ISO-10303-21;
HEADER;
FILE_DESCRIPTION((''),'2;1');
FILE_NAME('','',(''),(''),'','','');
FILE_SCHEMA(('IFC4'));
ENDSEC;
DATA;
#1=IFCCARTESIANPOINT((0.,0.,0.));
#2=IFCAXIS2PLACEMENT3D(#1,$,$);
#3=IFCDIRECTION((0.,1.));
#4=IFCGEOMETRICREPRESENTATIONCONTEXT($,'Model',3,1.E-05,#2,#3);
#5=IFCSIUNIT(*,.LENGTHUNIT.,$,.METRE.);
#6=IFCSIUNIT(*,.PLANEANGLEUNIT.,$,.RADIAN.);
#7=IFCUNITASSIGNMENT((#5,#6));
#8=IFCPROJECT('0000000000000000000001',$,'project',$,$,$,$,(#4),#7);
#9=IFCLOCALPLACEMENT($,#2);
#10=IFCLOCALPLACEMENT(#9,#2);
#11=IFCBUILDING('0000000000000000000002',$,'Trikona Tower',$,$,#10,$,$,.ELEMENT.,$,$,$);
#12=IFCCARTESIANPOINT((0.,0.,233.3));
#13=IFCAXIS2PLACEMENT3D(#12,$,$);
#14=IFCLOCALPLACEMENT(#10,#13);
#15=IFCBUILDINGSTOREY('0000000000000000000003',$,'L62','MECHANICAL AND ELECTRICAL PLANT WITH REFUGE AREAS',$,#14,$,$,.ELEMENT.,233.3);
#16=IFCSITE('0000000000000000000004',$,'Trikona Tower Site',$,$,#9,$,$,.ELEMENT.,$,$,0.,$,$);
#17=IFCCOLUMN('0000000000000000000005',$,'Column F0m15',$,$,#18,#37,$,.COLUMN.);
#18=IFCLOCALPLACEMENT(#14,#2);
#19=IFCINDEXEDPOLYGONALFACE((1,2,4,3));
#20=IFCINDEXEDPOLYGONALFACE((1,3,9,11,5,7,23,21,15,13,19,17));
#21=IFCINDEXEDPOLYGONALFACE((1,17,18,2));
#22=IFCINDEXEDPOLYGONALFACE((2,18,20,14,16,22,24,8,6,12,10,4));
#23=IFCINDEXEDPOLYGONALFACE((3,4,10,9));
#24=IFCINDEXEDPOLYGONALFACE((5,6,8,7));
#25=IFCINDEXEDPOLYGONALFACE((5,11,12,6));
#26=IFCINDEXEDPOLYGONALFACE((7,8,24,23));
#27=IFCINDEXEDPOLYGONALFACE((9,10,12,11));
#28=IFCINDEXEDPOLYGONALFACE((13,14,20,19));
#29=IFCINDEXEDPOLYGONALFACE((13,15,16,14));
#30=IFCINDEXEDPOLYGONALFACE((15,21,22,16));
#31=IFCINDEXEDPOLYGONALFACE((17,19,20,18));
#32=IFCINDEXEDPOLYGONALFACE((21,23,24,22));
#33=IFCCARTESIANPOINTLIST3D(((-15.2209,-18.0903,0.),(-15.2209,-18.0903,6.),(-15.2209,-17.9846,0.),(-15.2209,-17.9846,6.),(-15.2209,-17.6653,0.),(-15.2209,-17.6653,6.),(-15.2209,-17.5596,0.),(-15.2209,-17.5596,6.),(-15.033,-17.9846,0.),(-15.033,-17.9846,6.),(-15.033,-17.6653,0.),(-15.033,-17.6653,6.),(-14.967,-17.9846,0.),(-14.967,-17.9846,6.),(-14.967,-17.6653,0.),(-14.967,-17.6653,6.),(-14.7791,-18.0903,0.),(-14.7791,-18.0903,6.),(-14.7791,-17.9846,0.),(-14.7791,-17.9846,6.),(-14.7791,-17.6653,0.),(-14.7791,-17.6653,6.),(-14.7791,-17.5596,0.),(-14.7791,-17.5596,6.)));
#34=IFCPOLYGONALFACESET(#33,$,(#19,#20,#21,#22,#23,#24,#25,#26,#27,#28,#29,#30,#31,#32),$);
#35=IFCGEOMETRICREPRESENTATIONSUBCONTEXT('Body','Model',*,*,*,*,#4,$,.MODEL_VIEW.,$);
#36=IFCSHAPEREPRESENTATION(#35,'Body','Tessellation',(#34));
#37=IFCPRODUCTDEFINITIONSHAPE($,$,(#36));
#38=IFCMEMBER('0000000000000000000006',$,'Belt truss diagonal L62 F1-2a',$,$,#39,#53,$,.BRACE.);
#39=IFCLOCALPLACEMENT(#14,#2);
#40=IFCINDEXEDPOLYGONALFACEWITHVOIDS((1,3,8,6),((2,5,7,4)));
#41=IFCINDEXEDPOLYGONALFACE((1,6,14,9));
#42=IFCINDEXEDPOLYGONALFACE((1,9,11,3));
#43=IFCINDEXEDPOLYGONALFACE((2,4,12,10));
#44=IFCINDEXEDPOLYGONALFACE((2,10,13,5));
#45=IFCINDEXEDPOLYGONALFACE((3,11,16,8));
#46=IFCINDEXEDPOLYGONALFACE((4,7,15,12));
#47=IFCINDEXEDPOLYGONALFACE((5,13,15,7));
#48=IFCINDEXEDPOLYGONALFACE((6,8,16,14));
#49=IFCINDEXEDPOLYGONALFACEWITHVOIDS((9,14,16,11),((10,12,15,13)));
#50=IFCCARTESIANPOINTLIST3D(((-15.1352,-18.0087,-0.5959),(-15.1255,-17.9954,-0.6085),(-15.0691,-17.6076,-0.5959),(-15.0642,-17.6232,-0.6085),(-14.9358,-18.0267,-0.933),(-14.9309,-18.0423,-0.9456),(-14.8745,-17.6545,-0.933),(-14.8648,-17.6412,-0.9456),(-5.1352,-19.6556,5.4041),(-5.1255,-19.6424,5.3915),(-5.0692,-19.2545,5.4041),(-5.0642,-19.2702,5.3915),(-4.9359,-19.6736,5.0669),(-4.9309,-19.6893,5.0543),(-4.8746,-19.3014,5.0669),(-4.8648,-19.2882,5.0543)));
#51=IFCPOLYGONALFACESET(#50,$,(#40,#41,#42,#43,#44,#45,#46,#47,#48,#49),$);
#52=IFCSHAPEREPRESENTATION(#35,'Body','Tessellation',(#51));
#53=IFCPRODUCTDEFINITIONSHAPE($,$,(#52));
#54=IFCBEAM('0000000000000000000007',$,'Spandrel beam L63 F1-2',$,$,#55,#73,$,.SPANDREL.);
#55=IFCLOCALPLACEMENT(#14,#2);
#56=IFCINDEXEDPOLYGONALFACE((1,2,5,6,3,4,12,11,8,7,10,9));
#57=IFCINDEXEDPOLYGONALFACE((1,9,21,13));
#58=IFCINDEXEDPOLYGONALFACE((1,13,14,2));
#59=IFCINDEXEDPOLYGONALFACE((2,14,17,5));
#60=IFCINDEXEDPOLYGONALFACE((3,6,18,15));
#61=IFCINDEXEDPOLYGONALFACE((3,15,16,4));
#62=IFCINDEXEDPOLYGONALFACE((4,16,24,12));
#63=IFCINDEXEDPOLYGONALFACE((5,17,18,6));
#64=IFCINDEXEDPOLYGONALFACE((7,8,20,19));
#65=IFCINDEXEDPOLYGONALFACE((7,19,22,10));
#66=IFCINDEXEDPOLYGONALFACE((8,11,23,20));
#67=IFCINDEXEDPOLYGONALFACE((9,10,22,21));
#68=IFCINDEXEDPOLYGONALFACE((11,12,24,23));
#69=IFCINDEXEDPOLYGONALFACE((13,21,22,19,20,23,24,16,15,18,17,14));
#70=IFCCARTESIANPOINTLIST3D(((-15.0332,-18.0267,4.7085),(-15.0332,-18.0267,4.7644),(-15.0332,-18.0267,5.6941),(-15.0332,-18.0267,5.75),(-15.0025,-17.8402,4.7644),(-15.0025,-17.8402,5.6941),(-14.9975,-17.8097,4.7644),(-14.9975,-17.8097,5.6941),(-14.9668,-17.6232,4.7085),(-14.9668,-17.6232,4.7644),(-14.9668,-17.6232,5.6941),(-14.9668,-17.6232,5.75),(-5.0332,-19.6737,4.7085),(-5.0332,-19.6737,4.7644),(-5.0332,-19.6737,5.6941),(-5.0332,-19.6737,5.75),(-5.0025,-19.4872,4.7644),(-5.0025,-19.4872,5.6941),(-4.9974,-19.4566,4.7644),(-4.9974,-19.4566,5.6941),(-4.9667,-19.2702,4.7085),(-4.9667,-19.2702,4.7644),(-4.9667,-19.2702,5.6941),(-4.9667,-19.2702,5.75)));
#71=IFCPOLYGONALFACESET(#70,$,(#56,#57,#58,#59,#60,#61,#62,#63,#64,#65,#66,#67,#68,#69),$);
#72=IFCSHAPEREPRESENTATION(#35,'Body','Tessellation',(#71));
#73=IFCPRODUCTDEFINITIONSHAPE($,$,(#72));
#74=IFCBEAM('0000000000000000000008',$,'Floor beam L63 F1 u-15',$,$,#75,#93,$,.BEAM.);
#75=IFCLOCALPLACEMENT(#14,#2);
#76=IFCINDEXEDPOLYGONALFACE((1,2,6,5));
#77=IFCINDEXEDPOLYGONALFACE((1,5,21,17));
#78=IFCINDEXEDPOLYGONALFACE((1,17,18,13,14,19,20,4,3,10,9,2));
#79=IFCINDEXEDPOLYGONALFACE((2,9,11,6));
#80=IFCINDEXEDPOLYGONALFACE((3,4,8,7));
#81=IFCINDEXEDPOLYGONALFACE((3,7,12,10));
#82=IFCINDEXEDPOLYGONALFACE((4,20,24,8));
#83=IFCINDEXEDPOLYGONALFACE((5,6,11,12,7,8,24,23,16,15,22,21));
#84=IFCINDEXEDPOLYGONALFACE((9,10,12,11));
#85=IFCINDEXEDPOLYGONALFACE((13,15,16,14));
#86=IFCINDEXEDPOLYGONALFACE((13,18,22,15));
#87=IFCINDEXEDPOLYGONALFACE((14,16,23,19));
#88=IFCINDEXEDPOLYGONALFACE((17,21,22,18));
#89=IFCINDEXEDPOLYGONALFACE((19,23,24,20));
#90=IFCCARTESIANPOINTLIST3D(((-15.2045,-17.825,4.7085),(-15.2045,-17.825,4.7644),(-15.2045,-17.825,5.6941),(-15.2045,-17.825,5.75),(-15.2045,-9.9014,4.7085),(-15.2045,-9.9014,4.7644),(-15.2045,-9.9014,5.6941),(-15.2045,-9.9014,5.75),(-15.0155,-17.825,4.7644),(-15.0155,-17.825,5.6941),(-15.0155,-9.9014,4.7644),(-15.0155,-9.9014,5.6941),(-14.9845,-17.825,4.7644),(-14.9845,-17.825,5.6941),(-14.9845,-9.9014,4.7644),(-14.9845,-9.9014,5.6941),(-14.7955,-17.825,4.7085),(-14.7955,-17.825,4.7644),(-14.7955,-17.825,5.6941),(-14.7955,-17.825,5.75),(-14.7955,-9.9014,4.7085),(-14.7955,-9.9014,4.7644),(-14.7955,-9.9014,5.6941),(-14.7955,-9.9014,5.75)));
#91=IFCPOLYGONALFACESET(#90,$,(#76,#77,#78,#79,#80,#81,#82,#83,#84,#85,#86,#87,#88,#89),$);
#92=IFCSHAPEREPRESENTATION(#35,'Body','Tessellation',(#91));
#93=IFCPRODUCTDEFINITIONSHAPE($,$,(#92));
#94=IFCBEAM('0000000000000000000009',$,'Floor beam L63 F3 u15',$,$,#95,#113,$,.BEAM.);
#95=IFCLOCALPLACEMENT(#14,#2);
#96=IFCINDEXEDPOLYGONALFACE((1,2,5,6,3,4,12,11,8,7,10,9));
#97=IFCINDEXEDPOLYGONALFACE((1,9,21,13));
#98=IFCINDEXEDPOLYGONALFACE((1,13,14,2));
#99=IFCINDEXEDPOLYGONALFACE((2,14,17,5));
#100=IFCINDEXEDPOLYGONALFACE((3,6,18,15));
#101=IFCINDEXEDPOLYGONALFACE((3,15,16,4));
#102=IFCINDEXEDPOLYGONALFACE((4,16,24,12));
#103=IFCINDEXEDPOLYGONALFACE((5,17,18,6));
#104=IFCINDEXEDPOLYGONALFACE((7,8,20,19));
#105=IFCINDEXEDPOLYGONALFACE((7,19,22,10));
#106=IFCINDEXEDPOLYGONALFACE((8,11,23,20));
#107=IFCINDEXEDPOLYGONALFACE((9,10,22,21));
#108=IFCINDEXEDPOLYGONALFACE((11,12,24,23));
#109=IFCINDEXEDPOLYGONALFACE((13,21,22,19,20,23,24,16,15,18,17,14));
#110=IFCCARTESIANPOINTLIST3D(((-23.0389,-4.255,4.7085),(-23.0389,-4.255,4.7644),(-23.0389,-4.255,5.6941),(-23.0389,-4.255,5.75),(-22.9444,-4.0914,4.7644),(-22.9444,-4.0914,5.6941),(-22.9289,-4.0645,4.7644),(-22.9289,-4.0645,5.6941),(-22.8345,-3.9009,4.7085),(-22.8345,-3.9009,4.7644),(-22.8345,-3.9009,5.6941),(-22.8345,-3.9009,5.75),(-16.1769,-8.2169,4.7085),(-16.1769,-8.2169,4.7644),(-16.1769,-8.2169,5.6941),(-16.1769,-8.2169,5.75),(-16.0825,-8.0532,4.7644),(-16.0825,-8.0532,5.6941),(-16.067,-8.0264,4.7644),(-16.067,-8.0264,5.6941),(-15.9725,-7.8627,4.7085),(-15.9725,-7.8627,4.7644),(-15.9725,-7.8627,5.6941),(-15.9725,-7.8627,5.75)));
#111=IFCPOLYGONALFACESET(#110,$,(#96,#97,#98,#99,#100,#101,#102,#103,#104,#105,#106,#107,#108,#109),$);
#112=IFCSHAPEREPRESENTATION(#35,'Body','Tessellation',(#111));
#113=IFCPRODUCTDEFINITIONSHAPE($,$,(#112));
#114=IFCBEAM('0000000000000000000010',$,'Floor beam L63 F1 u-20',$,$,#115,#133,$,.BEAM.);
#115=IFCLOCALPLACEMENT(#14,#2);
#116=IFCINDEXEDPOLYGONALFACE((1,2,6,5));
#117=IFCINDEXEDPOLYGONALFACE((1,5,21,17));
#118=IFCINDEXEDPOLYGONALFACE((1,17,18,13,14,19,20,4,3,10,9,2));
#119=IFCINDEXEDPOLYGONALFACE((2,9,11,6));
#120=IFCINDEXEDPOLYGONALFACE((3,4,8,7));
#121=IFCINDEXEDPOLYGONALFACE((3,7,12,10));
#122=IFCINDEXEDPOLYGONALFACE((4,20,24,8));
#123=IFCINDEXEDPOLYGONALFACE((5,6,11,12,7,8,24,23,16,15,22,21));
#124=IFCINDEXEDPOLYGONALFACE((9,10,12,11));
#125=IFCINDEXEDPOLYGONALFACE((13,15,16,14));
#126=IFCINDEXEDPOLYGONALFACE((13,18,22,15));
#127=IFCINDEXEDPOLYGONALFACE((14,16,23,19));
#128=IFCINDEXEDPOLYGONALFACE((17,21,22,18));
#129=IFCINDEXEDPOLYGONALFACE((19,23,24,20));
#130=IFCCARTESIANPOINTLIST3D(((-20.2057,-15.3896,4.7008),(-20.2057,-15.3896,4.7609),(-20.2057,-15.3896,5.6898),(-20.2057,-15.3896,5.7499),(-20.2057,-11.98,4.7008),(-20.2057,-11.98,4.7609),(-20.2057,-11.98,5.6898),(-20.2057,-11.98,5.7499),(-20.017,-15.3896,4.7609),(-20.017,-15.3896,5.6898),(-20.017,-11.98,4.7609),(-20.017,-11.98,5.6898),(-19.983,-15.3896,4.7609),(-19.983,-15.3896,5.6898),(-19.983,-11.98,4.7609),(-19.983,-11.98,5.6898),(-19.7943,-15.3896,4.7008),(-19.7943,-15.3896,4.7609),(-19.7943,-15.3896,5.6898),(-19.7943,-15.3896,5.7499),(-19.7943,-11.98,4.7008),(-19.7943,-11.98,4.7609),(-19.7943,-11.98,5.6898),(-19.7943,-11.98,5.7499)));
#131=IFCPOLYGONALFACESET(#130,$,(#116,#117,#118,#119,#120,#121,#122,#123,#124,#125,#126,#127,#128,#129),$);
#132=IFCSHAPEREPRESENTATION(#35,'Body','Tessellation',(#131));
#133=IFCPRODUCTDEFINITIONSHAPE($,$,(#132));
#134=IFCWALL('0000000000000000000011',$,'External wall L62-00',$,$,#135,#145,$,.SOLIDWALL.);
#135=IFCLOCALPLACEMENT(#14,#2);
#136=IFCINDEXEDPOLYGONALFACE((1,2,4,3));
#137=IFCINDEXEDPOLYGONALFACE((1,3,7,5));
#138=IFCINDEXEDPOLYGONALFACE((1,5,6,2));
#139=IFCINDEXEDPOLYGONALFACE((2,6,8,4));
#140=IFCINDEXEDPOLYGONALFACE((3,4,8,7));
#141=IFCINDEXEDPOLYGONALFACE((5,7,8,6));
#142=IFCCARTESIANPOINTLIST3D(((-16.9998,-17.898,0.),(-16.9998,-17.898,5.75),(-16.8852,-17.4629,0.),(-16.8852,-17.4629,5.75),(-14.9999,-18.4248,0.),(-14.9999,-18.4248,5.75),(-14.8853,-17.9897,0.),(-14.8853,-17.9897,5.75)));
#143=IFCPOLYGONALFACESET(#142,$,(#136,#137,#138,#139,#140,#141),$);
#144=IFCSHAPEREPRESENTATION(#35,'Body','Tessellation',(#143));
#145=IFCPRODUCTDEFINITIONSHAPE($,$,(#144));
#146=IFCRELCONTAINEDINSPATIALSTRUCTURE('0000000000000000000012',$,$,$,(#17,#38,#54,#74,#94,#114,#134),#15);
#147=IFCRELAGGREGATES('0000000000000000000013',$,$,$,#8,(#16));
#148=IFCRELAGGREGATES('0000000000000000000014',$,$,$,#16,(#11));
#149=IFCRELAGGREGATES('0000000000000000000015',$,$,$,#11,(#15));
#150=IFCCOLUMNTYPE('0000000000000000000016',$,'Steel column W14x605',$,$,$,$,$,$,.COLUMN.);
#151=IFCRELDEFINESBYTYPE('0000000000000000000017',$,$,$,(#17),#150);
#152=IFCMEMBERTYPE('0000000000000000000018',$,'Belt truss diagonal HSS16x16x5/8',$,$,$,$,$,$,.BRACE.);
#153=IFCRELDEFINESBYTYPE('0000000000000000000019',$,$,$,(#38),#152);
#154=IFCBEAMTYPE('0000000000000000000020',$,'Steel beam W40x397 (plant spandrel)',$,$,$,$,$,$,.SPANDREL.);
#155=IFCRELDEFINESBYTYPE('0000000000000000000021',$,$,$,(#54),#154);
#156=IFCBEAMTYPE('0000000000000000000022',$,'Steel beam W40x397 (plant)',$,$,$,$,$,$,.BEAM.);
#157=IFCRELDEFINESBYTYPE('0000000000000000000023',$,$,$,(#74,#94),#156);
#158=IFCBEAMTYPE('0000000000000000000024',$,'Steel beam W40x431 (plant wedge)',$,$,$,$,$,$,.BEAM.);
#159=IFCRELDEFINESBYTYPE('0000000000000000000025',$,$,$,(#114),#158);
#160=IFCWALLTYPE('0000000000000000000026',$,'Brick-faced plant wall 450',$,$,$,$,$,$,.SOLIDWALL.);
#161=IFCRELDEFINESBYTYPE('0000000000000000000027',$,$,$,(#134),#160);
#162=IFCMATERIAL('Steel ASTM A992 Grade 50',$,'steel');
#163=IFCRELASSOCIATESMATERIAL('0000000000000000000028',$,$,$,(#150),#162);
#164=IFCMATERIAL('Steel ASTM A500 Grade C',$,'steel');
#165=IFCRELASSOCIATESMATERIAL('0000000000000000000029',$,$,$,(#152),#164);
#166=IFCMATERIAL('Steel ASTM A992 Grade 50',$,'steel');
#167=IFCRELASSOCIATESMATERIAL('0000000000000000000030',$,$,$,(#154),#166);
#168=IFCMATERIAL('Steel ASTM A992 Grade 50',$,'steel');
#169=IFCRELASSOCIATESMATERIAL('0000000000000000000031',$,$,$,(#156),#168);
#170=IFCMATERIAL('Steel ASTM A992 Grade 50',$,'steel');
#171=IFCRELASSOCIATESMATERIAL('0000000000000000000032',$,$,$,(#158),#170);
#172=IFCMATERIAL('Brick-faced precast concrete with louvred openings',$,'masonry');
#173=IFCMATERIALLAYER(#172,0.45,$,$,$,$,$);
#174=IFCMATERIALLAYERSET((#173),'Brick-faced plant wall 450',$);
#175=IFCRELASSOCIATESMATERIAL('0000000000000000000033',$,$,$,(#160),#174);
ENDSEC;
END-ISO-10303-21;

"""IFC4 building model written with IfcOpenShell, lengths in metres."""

from ifc_helpers import new_model, si_unit, direction, frame, frame_2d, origin, origin_2d, place, context, subcontext, project, spatial, rectangle, hollow_rectangle, i_section, extrude, material, layer, layer_set, material_profile, profile_set, type_object, element, save


model = new_model("IFC4")

# Units and contexts
model_context = context("Model", 3, precision=1e-05, world=origin(), true_north=direction((0.0, 1.0)))
body_context = subcontext(model_context, "Body", "Model", "MODEL_VIEW")
ifc_project = project(units=[si_unit("LENGTHUNIT", "METRE"), si_unit("PLANEANGLEUNIT", "RADIAN")], contexts=[model_context])

# Site, building, storey
site_placement = place(None, origin())
site = spatial("IfcSite", under=ifc_project, at=site_placement, Name="Trikona Tower Site", CompositionType="ELEMENT", RefElevation=0.0)
building_placement = place(site_placement, origin())
building = spatial("IfcBuilding", under=site, at=building_placement, Name="Trikona Tower", CompositionType="ELEMENT")
storey_placement = place(building_placement, frame((0.0, 0.0, 233.3)))
storey = spatial("IfcBuildingStorey", under=building, at=storey_placement, Name="L62", Description="MECHANICAL AND ELECTRICAL PLANT WITH REFUGE AREAS", CompositionType="ELEMENT", Elevation=233.3)

# Column
ifc_material_1 = material(Name="Steel ASTM A992 Grade 50", Category="steel")
ifc_material_profile_1 = material_profile(ifc_material_1, i_section(OverallWidth=0.4419, OverallDepth=0.5308, WebThickness=0.0659, FlangeThickness=0.1057, at=origin_2d()), Name="W14X605")
ifc_profile_set_1 = profile_set([ifc_material_profile_1], Name="Steel ASTM A992 Grade 50")
column_type = type_object("IfcColumnType", Name="Steel column W14x605", PredefinedType="COLUMN", material=ifc_profile_set_1)
column_placement = place(storey_placement, frame((-15.0, -17.825, 0.0), z_axis=(0.0, 0.0, 1.0), x_axis=(1.0, 0.0, 0.0)))
element("IfcColumn", 1, at=column_placement, inside=storey, type_object=column_type, Name="Column F0m15", PredefinedType="COLUMN", context=body_context, shape_type="SweptSolid", body=[
    extrude(i_section(OverallWidth=0.4419, OverallDepth=0.5308, WebThickness=0.0659, FlangeThickness=0.1057, at=origin_2d()), origin(), (0.0, 0.0, 1.0), 6.0),
])

# Member
ifc_material_2 = material(Name="Steel ASTM A500 Grade C", Category="steel")
ifc_material_profile_2 = material_profile(ifc_material_2, hollow_rectangle(XDim=0.4065, YDim=0.4065, WallThickness=0.0146, at=origin_2d()), Name="HSS16X16X5/8")
ifc_profile_set_2 = profile_set([ifc_material_profile_2], Name="Steel ASTM A500 Grade C")
member_type = type_object("IfcMemberType", Name="Belt truss diagonal HSS16x16x5/8", PredefinedType="BRACE", material=ifc_profile_set_2)
member_placement = place(storey_placement, frame((-15.0, -17.825, -0.7708), z_axis=(0.849067, -0.139839, 0.50944), x_axis=(0.162508, 0.986707, 0.0)))
element("IfcMember", 2, at=member_placement, inside=storey, type_object=member_type, Name="Belt truss diagonal L62 F1-2a", PredefinedType="BRACE", context=body_context, shape_type="SweptSolid", body=[
    extrude(hollow_rectangle(XDim=0.4065, YDim=0.4065, WallThickness=0.0146, at=origin_2d()), origin(), (0.0, 0.0, 1.0), 11.7776),
])

# Beams
ifc_material_3 = material(Name="Steel ASTM A992 Grade 50", Category="steel")
ifc_material_profile_3 = material_profile(ifc_material_3, i_section(OverallWidth=0.4089, OverallDepth=1.0415, WebThickness=0.031, FlangeThickness=0.0559, at=origin_2d()), Name="W40X397")
ifc_profile_set_3 = profile_set([ifc_material_profile_3], Name="Steel ASTM A992 Grade 50")
beam_type_1 = type_object("IfcBeamType", Name="Steel beam W40x397 (plant spandrel)", PredefinedType="SPANDREL", material=ifc_profile_set_3)
beam_1_placement = place(storey_placement, frame((-15.0, -17.825, 5.2292), z_axis=(0.986707, -0.162508, 0.0), x_axis=(0.162508, 0.986707, 0.0)))
element("IfcBeam", 3, at=beam_1_placement, inside=storey, type_object=beam_type_1, Name="Spandrel beam L63 F1-2", PredefinedType="SPANDREL", context=body_context, shape_type="SweptSolid", body=[
    extrude(i_section(OverallWidth=0.4089, OverallDepth=1.0415, WebThickness=0.031, FlangeThickness=0.0559, at=origin_2d()), origin(), (0.0, 0.0, 1.0), 10.1348),
])
ifc_material_4 = material(Name="Steel ASTM A992 Grade 50", Category="steel")
ifc_material_profile_4 = material_profile(ifc_material_4, i_section(OverallWidth=0.4089, OverallDepth=1.0415, WebThickness=0.031, FlangeThickness=0.0559, at=origin_2d()), Name="W40X397")
ifc_profile_set_4 = profile_set([ifc_material_profile_4], Name="Steel ASTM A992 Grade 50")
beam_type_2 = type_object("IfcBeamType", Name="Steel beam W40x397 (plant)", PredefinedType="BEAM", material=ifc_profile_set_4)
for number, where, z_axis, x_axis, name in (
    (4, (-15.0, -9.9014, 5.2292), (0.0, -1.0, 0.0), (1.0, 0.0, 0.0), "Floor beam L63 F1 u-15"),
    (5, (-16.0747, -8.0398, 5.2292), (-0.86602, 0.50001, 0.0), (-0.50001, -0.86602, 0.0), "Floor beam L63 F3 u15"),
):
    element("IfcBeam", number, at=place(storey_placement, frame(where, z_axis=z_axis, x_axis=x_axis)), inside=storey, type_object=beam_type_2, Name=name, PredefinedType="BEAM", context=body_context, shape_type="SweptSolid", body=[
        extrude(i_section(OverallWidth=0.4089, OverallDepth=1.0415, WebThickness=0.031, FlangeThickness=0.0559, at=origin_2d()), origin(), (0.0, 0.0, 1.0), 7.9236),
    ])
ifc_material_5 = material(Name="Steel ASTM A992 Grade 50", Category="steel")
ifc_material_profile_5 = material_profile(ifc_material_5, i_section(OverallWidth=0.4114, OverallDepth=1.0491, WebThickness=0.0339, FlangeThickness=0.0601, at=origin_2d()), Name="W40X431")
ifc_profile_set_5 = profile_set([ifc_material_profile_5], Name="Steel ASTM A992 Grade 50")
beam_type_3 = type_object("IfcBeamType", Name="Steel beam W40x431 (plant wedge)", PredefinedType="BEAM", material=ifc_profile_set_5)
beam_2_placement = place(storey_placement, frame((-20.0, -11.98, 5.2253), z_axis=(0.0, -1.0, 0.0), x_axis=(1.0, 0.0, 0.0)))
element("IfcBeam", 6, at=beam_2_placement, inside=storey, type_object=beam_type_3, Name="Floor beam L63 F1 u-20", PredefinedType="BEAM", context=body_context, shape_type="SweptSolid", body=[
    extrude(i_section(OverallWidth=0.4114, OverallDepth=1.0491, WebThickness=0.0339, FlangeThickness=0.0601, at=origin_2d()), origin(), (0.0, 0.0, 1.0), 3.4097),
])

# Wall
ifc_material_6 = material(Name="Brick-faced precast concrete with louvred openings", Category="masonry")
ifc_layer_1 = layer(ifc_material_6, 0.45)
ifc_layer_set_1 = layer_set([ifc_layer_1], Name="Brick-faced plant wall 450")
wall_type_1 = type_object("IfcWallType", Name="Brick-faced plant wall 450", PredefinedType="SOLIDWALL", material=ifc_layer_set_1)
wall_1_placement = place(storey_placement, frame((-16.9426, -17.6804, 0.0), z_axis=(0.0, 0.0, 1.0), x_axis=(0.96701, -0.254737, 0.0)))
element("IfcWall", 7, at=wall_1_placement, inside=storey, type_object=wall_type_1, Name="External wall L62-00", PredefinedType="SOLIDWALL", context=body_context, shape_type="SweptSolid", body=[
    extrude(rectangle(XDim=2.0681, YDim=0.45, at=frame_2d((1.0342, 0.0))), origin(), (0.0, 0.0, 1.0), 5.75),
])

save(model, "model.ifc")
